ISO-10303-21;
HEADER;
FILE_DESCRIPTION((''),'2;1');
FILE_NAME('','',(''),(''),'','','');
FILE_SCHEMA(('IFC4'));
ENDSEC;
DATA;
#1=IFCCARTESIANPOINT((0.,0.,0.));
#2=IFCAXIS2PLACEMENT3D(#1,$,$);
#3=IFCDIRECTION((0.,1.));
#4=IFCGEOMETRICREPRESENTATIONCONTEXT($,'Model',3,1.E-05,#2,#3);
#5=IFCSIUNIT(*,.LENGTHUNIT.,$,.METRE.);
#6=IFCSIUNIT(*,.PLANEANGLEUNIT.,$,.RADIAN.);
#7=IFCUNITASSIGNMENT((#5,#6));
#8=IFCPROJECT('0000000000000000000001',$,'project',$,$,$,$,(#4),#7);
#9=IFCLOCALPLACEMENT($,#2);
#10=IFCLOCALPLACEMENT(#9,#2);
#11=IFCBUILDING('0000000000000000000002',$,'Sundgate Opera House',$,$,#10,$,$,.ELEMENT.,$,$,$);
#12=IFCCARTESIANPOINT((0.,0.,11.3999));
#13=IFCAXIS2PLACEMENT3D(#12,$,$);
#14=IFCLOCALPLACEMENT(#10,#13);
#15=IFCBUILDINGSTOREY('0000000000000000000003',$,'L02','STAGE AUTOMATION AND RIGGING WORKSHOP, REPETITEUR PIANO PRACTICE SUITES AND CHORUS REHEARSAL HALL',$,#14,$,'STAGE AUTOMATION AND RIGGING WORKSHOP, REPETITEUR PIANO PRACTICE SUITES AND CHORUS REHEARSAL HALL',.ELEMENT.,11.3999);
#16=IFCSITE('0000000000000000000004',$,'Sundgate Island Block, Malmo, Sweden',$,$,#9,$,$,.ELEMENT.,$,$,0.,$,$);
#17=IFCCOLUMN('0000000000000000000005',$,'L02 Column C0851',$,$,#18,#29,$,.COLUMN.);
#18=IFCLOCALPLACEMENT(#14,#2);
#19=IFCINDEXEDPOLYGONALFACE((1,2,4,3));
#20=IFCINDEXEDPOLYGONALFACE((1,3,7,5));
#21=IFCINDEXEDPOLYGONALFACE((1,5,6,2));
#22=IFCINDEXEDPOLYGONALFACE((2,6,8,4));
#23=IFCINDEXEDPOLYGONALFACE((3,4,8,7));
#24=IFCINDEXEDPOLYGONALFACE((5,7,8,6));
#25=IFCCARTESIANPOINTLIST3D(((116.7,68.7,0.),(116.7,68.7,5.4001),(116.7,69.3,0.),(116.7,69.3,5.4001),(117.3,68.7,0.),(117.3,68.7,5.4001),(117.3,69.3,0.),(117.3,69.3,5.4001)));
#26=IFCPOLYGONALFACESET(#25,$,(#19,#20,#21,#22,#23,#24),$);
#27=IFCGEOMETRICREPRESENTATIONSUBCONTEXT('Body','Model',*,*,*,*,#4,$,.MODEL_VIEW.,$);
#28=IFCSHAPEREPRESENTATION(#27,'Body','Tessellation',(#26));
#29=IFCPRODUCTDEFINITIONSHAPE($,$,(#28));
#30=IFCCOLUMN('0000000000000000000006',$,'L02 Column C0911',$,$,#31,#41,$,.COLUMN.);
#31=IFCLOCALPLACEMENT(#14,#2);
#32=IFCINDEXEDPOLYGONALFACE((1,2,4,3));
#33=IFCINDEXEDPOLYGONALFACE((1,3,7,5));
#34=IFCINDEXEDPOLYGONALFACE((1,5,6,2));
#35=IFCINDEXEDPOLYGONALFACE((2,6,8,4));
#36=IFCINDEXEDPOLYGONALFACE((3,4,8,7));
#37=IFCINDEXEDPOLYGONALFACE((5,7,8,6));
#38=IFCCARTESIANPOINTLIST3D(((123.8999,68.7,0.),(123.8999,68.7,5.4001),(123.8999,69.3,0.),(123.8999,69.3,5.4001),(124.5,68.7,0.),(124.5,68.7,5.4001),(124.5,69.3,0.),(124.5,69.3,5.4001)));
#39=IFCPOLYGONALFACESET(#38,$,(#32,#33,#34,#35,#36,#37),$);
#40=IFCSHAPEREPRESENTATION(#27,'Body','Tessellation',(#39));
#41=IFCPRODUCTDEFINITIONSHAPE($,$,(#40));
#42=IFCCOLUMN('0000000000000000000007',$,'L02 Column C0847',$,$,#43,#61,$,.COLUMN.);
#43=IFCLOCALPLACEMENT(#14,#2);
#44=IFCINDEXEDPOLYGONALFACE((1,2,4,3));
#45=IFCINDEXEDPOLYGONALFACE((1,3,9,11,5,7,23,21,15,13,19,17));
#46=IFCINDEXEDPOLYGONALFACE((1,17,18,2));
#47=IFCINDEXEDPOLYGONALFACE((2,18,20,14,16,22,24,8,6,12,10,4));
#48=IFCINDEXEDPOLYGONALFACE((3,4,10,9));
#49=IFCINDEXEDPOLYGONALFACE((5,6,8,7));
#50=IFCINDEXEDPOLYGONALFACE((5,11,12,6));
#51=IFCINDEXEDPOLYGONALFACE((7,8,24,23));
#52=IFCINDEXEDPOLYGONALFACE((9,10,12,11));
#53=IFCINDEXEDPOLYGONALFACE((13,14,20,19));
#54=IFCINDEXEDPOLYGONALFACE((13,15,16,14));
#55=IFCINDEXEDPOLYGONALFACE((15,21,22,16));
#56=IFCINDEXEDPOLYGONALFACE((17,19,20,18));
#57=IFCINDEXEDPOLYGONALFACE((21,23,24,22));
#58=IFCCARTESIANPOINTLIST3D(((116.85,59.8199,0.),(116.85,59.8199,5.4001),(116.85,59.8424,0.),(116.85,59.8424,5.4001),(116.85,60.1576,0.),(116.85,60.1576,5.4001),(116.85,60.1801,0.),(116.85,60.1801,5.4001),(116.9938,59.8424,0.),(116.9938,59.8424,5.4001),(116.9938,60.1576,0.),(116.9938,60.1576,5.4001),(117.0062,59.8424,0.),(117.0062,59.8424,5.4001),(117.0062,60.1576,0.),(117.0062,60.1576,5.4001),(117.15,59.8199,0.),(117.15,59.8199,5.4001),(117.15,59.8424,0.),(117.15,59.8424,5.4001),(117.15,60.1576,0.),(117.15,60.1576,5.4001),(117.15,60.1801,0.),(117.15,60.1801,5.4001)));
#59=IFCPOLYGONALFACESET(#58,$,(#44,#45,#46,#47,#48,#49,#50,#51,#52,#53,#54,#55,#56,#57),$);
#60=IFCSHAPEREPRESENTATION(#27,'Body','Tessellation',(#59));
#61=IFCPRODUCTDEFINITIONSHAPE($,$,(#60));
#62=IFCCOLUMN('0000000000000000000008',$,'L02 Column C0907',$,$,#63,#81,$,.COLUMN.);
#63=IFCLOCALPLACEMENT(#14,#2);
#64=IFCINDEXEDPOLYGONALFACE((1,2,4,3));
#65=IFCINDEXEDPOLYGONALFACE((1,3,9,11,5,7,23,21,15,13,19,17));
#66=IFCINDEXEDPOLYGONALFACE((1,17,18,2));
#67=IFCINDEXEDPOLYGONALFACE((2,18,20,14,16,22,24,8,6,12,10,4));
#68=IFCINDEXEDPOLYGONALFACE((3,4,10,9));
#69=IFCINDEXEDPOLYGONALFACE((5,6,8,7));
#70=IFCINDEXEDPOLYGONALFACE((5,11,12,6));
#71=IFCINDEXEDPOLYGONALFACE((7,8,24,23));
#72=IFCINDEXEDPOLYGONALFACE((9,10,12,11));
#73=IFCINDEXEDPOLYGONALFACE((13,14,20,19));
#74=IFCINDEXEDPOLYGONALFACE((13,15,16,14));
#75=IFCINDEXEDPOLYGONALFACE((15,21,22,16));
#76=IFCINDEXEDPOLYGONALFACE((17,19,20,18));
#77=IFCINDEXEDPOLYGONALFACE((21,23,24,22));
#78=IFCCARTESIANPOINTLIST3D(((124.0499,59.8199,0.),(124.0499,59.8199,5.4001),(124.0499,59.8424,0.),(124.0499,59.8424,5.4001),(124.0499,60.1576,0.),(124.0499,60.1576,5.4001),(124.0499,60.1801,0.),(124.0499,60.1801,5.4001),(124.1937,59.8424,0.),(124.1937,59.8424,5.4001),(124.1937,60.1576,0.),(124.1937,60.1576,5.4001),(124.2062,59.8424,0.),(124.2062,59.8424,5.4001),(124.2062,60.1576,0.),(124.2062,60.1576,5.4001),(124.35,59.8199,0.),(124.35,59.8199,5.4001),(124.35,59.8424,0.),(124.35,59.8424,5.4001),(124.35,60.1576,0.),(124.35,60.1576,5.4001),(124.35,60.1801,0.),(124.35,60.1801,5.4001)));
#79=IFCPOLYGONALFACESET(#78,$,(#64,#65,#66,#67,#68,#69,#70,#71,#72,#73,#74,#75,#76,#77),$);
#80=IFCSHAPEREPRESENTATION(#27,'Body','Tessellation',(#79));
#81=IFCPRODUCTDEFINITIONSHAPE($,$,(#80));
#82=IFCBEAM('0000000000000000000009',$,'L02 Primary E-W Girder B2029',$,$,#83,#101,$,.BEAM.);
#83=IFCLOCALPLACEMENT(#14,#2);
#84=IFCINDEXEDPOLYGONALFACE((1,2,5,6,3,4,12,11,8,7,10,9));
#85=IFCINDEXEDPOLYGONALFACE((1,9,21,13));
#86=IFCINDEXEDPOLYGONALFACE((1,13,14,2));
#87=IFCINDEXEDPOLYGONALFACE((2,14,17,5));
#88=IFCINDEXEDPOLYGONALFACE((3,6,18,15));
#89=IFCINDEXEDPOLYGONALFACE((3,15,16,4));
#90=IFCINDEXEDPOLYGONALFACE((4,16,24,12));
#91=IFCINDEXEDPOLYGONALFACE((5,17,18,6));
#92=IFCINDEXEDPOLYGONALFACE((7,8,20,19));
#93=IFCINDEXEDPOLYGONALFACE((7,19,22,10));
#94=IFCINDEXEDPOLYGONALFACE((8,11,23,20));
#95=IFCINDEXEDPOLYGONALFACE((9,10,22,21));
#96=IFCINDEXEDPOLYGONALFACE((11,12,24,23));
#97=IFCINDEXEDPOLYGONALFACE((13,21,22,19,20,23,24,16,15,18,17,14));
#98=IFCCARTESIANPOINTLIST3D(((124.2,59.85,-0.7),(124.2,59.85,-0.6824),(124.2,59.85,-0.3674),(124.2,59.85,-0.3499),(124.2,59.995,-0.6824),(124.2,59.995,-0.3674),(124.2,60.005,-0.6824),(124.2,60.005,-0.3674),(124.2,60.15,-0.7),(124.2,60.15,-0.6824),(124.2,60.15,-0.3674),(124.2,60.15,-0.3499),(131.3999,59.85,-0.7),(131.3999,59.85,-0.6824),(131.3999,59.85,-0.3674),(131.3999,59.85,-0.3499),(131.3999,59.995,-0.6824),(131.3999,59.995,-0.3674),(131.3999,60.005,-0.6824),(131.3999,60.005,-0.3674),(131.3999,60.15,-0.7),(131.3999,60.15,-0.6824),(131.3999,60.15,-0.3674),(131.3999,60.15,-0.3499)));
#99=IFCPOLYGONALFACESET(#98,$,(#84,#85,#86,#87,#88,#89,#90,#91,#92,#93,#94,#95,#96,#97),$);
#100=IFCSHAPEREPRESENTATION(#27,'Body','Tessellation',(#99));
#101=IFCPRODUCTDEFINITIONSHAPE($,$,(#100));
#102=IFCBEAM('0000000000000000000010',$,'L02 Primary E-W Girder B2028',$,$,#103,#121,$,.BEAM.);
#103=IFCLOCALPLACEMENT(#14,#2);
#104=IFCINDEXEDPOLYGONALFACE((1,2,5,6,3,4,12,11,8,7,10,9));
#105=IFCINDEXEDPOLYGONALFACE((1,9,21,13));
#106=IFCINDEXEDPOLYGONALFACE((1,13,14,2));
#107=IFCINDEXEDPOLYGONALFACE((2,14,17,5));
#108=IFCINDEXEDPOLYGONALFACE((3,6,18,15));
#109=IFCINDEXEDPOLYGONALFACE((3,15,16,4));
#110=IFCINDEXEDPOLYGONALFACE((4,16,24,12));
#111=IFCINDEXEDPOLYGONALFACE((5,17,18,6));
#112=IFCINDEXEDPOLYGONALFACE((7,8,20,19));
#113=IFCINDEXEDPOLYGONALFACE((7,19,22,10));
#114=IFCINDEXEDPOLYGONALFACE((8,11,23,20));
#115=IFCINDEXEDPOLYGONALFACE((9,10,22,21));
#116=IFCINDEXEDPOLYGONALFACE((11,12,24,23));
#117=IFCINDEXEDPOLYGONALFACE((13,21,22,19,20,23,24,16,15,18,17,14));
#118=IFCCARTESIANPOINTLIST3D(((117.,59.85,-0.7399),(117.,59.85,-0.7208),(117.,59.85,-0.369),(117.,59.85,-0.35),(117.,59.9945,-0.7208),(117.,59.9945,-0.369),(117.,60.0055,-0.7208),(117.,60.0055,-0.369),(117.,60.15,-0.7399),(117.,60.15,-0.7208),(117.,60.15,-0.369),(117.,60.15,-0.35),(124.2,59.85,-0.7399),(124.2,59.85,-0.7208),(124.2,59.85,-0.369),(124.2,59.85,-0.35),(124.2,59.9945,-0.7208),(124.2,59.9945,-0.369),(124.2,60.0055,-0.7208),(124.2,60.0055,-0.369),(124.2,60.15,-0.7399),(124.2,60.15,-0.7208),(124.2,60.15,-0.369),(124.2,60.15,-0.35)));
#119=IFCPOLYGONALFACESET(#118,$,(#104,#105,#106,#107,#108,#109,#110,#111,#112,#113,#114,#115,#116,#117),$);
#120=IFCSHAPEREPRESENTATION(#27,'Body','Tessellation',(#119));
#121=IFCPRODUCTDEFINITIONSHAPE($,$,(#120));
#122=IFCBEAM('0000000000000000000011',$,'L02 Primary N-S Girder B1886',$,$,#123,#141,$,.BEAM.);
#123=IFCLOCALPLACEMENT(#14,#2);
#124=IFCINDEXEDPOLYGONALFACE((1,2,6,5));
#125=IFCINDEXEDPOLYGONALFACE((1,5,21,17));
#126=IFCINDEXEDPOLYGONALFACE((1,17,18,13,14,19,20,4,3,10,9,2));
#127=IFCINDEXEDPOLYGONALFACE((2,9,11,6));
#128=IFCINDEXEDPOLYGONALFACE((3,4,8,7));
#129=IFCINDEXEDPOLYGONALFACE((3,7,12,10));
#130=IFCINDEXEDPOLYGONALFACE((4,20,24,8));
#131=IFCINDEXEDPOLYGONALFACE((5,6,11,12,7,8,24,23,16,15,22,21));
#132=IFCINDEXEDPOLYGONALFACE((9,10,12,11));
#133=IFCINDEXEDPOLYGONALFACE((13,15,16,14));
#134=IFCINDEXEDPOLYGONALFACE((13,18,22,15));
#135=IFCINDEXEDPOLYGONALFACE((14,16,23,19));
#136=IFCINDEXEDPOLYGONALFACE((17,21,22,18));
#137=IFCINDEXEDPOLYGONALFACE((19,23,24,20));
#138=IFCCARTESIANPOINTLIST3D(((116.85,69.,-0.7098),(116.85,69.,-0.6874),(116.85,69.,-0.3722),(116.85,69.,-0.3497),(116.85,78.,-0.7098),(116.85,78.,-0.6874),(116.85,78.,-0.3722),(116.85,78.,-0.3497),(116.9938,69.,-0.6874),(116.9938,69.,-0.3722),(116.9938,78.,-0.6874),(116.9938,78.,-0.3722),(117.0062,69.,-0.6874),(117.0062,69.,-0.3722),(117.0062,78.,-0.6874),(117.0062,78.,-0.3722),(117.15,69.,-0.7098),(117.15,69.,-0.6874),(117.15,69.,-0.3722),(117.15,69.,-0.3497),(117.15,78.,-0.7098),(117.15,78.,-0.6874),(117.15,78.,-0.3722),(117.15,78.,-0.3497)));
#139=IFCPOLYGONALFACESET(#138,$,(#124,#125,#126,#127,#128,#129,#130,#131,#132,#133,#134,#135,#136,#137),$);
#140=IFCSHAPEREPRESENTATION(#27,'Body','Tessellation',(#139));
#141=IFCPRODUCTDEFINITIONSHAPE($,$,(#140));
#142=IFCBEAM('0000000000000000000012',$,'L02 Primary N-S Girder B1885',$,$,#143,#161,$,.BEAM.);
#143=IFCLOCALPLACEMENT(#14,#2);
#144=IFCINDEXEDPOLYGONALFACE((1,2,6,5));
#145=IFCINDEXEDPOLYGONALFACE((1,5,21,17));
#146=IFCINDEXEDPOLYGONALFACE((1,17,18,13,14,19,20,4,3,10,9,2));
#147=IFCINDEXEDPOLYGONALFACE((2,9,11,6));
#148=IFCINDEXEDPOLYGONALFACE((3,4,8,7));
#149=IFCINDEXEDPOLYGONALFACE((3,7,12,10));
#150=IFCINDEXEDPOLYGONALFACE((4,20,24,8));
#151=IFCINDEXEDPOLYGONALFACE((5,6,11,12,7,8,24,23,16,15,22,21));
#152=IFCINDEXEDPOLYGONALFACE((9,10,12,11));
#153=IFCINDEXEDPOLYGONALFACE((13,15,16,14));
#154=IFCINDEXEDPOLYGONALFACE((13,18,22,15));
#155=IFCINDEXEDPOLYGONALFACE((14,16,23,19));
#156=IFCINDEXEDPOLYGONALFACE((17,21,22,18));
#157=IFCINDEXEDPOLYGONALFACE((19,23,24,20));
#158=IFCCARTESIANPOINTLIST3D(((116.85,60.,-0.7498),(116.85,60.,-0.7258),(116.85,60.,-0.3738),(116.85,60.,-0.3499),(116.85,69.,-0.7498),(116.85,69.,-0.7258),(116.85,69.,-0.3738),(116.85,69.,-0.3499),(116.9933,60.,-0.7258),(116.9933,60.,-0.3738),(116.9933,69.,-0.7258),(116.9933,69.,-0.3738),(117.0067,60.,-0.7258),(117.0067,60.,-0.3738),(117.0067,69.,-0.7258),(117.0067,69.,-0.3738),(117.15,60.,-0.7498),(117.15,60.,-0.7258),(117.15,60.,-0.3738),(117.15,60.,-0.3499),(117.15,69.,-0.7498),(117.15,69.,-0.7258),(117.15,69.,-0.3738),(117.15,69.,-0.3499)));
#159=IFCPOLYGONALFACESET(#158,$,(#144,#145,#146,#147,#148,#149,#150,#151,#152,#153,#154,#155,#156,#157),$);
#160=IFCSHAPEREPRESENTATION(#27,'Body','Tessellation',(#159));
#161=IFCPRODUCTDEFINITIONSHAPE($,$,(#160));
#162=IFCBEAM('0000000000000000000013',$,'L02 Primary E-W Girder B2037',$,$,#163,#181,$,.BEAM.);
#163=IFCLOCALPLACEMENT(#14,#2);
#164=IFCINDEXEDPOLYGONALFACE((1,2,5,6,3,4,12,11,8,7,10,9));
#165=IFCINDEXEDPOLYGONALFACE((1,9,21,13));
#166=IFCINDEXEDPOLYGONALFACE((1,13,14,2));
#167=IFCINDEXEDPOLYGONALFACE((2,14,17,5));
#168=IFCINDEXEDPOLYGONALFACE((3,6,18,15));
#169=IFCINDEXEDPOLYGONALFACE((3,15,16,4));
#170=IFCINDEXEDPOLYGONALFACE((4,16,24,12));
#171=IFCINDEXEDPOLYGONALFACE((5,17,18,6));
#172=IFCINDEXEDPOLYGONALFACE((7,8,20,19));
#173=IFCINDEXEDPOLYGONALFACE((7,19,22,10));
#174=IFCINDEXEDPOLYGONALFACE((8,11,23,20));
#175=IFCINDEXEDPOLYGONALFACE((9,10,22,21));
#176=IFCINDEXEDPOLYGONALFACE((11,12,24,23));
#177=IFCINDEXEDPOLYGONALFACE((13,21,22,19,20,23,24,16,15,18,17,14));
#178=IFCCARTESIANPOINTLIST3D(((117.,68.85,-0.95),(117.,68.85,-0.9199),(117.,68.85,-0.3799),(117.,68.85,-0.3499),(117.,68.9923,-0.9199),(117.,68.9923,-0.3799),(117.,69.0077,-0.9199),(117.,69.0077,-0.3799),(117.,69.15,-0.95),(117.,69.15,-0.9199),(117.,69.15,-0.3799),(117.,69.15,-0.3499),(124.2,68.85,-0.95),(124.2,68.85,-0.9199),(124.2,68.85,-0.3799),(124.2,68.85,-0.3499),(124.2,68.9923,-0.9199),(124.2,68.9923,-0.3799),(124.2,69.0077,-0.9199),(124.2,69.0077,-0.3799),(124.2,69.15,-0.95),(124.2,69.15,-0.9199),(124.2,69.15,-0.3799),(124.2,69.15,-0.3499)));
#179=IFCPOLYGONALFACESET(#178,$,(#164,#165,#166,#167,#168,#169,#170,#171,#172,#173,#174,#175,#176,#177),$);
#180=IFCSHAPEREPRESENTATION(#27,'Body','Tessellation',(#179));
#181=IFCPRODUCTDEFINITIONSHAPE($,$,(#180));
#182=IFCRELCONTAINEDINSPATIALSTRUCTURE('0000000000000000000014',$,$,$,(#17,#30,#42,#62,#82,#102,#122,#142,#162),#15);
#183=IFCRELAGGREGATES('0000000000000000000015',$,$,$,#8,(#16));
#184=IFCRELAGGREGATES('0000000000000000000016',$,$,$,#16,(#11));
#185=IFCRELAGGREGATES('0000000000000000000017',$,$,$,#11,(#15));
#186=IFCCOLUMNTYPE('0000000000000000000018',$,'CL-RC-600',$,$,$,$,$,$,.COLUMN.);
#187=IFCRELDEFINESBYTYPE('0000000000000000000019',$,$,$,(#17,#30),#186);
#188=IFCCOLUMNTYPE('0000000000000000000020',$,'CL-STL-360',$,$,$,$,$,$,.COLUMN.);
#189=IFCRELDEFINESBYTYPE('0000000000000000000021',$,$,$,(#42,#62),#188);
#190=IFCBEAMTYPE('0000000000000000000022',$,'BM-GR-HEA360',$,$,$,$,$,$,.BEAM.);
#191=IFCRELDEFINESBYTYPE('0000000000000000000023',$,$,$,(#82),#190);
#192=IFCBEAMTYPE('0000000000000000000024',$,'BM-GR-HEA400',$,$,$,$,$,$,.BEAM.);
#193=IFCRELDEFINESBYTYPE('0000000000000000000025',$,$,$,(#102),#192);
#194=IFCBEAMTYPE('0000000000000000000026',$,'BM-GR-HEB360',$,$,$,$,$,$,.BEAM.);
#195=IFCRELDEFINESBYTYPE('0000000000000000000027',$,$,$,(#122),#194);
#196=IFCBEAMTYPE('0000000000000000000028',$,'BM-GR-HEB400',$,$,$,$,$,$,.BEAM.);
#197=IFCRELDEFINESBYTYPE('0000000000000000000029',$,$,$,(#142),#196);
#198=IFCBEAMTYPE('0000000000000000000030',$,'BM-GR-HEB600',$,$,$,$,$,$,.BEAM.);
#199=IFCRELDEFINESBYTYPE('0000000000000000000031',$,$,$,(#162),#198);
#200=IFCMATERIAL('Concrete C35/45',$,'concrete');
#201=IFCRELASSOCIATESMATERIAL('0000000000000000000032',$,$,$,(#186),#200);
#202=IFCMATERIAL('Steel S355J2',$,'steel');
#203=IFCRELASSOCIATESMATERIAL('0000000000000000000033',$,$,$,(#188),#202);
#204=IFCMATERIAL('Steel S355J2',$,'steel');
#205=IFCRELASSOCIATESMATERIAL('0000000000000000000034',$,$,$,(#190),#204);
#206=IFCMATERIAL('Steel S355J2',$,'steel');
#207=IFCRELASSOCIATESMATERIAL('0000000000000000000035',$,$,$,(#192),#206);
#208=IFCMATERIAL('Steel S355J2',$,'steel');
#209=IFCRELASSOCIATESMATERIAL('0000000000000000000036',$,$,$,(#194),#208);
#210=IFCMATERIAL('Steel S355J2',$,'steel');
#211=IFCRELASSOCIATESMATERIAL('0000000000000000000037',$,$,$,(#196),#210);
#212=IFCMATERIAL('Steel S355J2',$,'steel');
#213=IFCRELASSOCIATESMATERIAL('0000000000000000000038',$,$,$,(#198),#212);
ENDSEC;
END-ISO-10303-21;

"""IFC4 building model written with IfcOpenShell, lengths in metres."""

from ifc_helpers import new_model, si_unit, direction, frame, origin, origin_2d, place, context, subcontext, project, spatial, rectangle, i_section, extrude, material, material_profile, profile_set, type_object, element, save


model = new_model("IFC4")

# Units and contexts
model_context = context("Model", 3, precision=1e-05, world=origin(), true_north=direction((0.0, 1.0)))
body_context = subcontext(model_context, "Body", "Model", "MODEL_VIEW")
ifc_project = project(units=[si_unit("LENGTHUNIT", "METRE"), si_unit("PLANEANGLEUNIT", "RADIAN")], contexts=[model_context])

# Site, building, storey
site_placement = place(None, origin())
site = spatial("IfcSite", under=ifc_project, at=site_placement, Name="Sundgate Island Block, Malmo, Sweden", CompositionType="ELEMENT", RefElevation=0.0)
building_placement = place(site_placement, origin())
building = spatial("IfcBuilding", under=site, at=building_placement, Name="Sundgate Opera House", CompositionType="ELEMENT")
storey_placement = place(building_placement, frame((0.0, 0.0, 11.3999)))
storey = spatial("IfcBuildingStorey", under=building, at=storey_placement, Name="L02", Description="STAGE AUTOMATION AND RIGGING WORKSHOP, REPETITEUR PIANO PRACTICE SUITES AND CHORUS REHEARSAL HALL", LongName="STAGE AUTOMATION AND RIGGING WORKSHOP, REPETITEUR PIANO PRACTICE SUITES AND CHORUS REHEARSAL HALL", CompositionType="ELEMENT", Elevation=11.3999)

# Columns
ifc_material_1 = material(Name="Concrete C35/45", Category="concrete")
ifc_material_profile_1 = material_profile(ifc_material_1, rectangle(XDim=0.6001, YDim=0.6001, at=origin_2d()), Name="RC 600x600")
ifc_profile_set_1 = profile_set([ifc_material_profile_1], Name="Concrete C35/45")
column_type_1 = type_object("IfcColumnType", Name="CL-RC-600", PredefinedType="COLUMN", material=ifc_profile_set_1)
for number, where, z_axis, x_axis, name in (
    (1, (117.0, 69.0, 0.0), (0.0, 0.0, 1.0), (1.0, 0.0, 0.0), "L02 Column C0851"),
    (2, (124.2, 69.0, 0.0), (0.0, 0.0, 1.0), (1.0, 0.0, 0.0), "L02 Column C0911"),
):
    element("IfcColumn", number, at=place(storey_placement, frame(where, z_axis=z_axis, x_axis=x_axis)), inside=storey, type_object=column_type_1, Name=name, PredefinedType="COLUMN", context=body_context, shape_type="SweptSolid", body=[
        extrude(rectangle(XDim=0.6001, YDim=0.6001, at=origin_2d()), origin(), (0.0, 0.0, 1.0), 5.4001),
    ])
ifc_material_2 = material(Name="Steel S355J2", Category="steel")
ifc_material_profile_2 = material_profile(ifc_material_2, i_section(OverallWidth=0.3, OverallDepth=0.3601, WebThickness=0.0125, FlangeThickness=0.0225, at=origin_2d()), Name="HEB 360")
ifc_profile_set_2 = profile_set([ifc_material_profile_2], Name="Steel S355J2")
column_type_2 = type_object("IfcColumnType", Name="CL-STL-360", PredefinedType="COLUMN", material=ifc_profile_set_2)
for number, where, z_axis, x_axis, name in (
    (3, (117.0, 60.0, 0.0), (0.0, 0.0, 1.0), (1.0, 0.0, 0.0), "L02 Column C0847"),
    (4, (124.2, 60.0, 0.0), (0.0, 0.0, 1.0), (1.0, 0.0, 0.0), "L02 Column C0907"),
):
    element("IfcColumn", number, at=place(storey_placement, frame(where, z_axis=z_axis, x_axis=x_axis)), inside=storey, type_object=column_type_2, Name=name, PredefinedType="COLUMN", context=body_context, shape_type="SweptSolid", body=[
        extrude(i_section(OverallWidth=0.3, OverallDepth=0.3601, WebThickness=0.0125, FlangeThickness=0.0225, at=origin_2d()), origin(), (0.0, 0.0, 1.0), 5.4001),
    ])

# Beams
ifc_material_3 = material(Name="Steel S355J2", Category="steel")
ifc_material_profile_3 = material_profile(ifc_material_3, i_section(OverallWidth=0.3, OverallDepth=0.3501, WebThickness=0.01, FlangeThickness=0.0176, at=origin_2d()), Name="HEA 360")
ifc_profile_set_3 = profile_set([ifc_material_profile_3], Name="Steel S355J2")
beam_type_1 = type_object("IfcBeamType", Name="BM-GR-HEA360", PredefinedType="BEAM", material=ifc_profile_set_3)
beam_1_placement = place(storey_placement, frame((124.2, 60.0, -0.5249), z_axis=(1.0, 0.0, 0.0), x_axis=(0.0, 1.0, 0.0)))
element("IfcBeam", 5, at=beam_1_placement, inside=storey, type_object=beam_type_1, Name="L02 Primary E-W Girder B2029", PredefinedType="BEAM", context=body_context, shape_type="SweptSolid", body=[
    extrude(i_section(OverallWidth=0.3, OverallDepth=0.3501, WebThickness=0.01, FlangeThickness=0.0176, at=origin_2d()), origin(), (0.0, 0.0, 1.0), 7.2),
])
ifc_material_4 = material(Name="Steel S355J2", Category="steel")
ifc_material_profile_4 = material_profile(ifc_material_4, i_section(OverallWidth=0.3, OverallDepth=0.3899, WebThickness=0.011, FlangeThickness=0.019, at=origin_2d()), Name="HEA 400")
ifc_profile_set_4 = profile_set([ifc_material_profile_4], Name="Steel S355J2")
beam_type_2 = type_object("IfcBeamType", Name="BM-GR-HEA400", PredefinedType="BEAM", material=ifc_profile_set_4)
beam_2_placement = place(storey_placement, frame((117.0, 60.0, -0.5449), z_axis=(1.0, 0.0, 0.0), x_axis=(0.0, 1.0, 0.0)))
element("IfcBeam", 6, at=beam_2_placement, inside=storey, type_object=beam_type_2, Name="L02 Primary E-W Girder B2028", PredefinedType="BEAM", context=body_context, shape_type="SweptSolid", body=[
    extrude(i_section(OverallWidth=0.3, OverallDepth=0.3899, WebThickness=0.011, FlangeThickness=0.019, at=origin_2d()), origin(), (0.0, 0.0, 1.0), 7.2),
])
ifc_material_5 = material(Name="Steel S355J2", Category="steel")
ifc_material_profile_5 = material_profile(ifc_material_5, i_section(OverallWidth=0.3, OverallDepth=0.3601, WebThickness=0.0125, FlangeThickness=0.0225, at=origin_2d()), Name="HEB 360")
ifc_profile_set_5 = profile_set([ifc_material_profile_5], Name="Steel S355J2")
beam_type_3 = type_object("IfcBeamType", Name="BM-GR-HEB360", PredefinedType="BEAM", material=ifc_profile_set_5)
beam_3_placement = place(storey_placement, frame((117.0, 69.0, -0.5298), z_axis=(0.0, 1.0, 0.0), x_axis=(-1.0, 0.0, 0.0)))
element("IfcBeam", 7, at=beam_3_placement, inside=storey, type_object=beam_type_3, Name="L02 Primary N-S Girder B1886", PredefinedType="BEAM", context=body_context, shape_type="SweptSolid", body=[
    extrude(i_section(OverallWidth=0.3, OverallDepth=0.3601, WebThickness=0.0125, FlangeThickness=0.0225, at=origin_2d()), origin(), (0.0, 0.0, 1.0), 9.0),
])
ifc_material_6 = material(Name="Steel S355J2", Category="steel")
ifc_material_profile_6 = material_profile(ifc_material_6, i_section(OverallWidth=0.3, OverallDepth=0.3999, WebThickness=0.0134, FlangeThickness=0.0239, at=origin_2d()), Name="HEB 400")
ifc_profile_set_6 = profile_set([ifc_material_profile_6], Name="Steel S355J2")
beam_type_4 = type_object("IfcBeamType", Name="BM-GR-HEB400", PredefinedType="BEAM", material=ifc_profile_set_6)
beam_4_placement = place(storey_placement, frame((117.0, 60.0, -0.5498), z_axis=(0.0, 1.0, 0.0), x_axis=(-1.0, 0.0, 0.0)))
element("IfcBeam", 8, at=beam_4_placement, inside=storey, type_object=beam_type_4, Name="L02 Primary N-S Girder B1885", PredefinedType="BEAM", context=body_context, shape_type="SweptSolid", body=[
    extrude(i_section(OverallWidth=0.3, OverallDepth=0.3999, WebThickness=0.0134, FlangeThickness=0.0239, at=origin_2d()), origin(), (0.0, 0.0, 1.0), 9.0),
])
ifc_material_7 = material(Name="Steel S355J2", Category="steel")
ifc_material_profile_7 = material_profile(ifc_material_7, i_section(OverallWidth=0.3, OverallDepth=0.6001, WebThickness=0.0154, FlangeThickness=0.03, at=origin_2d()), Name="HEB 600")
ifc_profile_set_7 = profile_set([ifc_material_profile_7], Name="Steel S355J2")
beam_type_5 = type_object("IfcBeamType", Name="BM-GR-HEB600", PredefinedType="BEAM", material=ifc_profile_set_7)
beam_5_placement = place(storey_placement, frame((117.0, 69.0, -0.6499), z_axis=(1.0, 0.0, 0.0), x_axis=(0.0, 1.0, 0.0)))
element("IfcBeam", 9, at=beam_5_placement, inside=storey, type_object=beam_type_5, Name="L02 Primary E-W Girder B2037", PredefinedType="BEAM", context=body_context, shape_type="SweptSolid", body=[
    extrude(i_section(OverallWidth=0.3, OverallDepth=0.6001, WebThickness=0.0154, FlangeThickness=0.03, at=origin_2d()), origin(), (0.0, 0.0, 1.0), 7.2),
])

save(model, "model.ifc")
